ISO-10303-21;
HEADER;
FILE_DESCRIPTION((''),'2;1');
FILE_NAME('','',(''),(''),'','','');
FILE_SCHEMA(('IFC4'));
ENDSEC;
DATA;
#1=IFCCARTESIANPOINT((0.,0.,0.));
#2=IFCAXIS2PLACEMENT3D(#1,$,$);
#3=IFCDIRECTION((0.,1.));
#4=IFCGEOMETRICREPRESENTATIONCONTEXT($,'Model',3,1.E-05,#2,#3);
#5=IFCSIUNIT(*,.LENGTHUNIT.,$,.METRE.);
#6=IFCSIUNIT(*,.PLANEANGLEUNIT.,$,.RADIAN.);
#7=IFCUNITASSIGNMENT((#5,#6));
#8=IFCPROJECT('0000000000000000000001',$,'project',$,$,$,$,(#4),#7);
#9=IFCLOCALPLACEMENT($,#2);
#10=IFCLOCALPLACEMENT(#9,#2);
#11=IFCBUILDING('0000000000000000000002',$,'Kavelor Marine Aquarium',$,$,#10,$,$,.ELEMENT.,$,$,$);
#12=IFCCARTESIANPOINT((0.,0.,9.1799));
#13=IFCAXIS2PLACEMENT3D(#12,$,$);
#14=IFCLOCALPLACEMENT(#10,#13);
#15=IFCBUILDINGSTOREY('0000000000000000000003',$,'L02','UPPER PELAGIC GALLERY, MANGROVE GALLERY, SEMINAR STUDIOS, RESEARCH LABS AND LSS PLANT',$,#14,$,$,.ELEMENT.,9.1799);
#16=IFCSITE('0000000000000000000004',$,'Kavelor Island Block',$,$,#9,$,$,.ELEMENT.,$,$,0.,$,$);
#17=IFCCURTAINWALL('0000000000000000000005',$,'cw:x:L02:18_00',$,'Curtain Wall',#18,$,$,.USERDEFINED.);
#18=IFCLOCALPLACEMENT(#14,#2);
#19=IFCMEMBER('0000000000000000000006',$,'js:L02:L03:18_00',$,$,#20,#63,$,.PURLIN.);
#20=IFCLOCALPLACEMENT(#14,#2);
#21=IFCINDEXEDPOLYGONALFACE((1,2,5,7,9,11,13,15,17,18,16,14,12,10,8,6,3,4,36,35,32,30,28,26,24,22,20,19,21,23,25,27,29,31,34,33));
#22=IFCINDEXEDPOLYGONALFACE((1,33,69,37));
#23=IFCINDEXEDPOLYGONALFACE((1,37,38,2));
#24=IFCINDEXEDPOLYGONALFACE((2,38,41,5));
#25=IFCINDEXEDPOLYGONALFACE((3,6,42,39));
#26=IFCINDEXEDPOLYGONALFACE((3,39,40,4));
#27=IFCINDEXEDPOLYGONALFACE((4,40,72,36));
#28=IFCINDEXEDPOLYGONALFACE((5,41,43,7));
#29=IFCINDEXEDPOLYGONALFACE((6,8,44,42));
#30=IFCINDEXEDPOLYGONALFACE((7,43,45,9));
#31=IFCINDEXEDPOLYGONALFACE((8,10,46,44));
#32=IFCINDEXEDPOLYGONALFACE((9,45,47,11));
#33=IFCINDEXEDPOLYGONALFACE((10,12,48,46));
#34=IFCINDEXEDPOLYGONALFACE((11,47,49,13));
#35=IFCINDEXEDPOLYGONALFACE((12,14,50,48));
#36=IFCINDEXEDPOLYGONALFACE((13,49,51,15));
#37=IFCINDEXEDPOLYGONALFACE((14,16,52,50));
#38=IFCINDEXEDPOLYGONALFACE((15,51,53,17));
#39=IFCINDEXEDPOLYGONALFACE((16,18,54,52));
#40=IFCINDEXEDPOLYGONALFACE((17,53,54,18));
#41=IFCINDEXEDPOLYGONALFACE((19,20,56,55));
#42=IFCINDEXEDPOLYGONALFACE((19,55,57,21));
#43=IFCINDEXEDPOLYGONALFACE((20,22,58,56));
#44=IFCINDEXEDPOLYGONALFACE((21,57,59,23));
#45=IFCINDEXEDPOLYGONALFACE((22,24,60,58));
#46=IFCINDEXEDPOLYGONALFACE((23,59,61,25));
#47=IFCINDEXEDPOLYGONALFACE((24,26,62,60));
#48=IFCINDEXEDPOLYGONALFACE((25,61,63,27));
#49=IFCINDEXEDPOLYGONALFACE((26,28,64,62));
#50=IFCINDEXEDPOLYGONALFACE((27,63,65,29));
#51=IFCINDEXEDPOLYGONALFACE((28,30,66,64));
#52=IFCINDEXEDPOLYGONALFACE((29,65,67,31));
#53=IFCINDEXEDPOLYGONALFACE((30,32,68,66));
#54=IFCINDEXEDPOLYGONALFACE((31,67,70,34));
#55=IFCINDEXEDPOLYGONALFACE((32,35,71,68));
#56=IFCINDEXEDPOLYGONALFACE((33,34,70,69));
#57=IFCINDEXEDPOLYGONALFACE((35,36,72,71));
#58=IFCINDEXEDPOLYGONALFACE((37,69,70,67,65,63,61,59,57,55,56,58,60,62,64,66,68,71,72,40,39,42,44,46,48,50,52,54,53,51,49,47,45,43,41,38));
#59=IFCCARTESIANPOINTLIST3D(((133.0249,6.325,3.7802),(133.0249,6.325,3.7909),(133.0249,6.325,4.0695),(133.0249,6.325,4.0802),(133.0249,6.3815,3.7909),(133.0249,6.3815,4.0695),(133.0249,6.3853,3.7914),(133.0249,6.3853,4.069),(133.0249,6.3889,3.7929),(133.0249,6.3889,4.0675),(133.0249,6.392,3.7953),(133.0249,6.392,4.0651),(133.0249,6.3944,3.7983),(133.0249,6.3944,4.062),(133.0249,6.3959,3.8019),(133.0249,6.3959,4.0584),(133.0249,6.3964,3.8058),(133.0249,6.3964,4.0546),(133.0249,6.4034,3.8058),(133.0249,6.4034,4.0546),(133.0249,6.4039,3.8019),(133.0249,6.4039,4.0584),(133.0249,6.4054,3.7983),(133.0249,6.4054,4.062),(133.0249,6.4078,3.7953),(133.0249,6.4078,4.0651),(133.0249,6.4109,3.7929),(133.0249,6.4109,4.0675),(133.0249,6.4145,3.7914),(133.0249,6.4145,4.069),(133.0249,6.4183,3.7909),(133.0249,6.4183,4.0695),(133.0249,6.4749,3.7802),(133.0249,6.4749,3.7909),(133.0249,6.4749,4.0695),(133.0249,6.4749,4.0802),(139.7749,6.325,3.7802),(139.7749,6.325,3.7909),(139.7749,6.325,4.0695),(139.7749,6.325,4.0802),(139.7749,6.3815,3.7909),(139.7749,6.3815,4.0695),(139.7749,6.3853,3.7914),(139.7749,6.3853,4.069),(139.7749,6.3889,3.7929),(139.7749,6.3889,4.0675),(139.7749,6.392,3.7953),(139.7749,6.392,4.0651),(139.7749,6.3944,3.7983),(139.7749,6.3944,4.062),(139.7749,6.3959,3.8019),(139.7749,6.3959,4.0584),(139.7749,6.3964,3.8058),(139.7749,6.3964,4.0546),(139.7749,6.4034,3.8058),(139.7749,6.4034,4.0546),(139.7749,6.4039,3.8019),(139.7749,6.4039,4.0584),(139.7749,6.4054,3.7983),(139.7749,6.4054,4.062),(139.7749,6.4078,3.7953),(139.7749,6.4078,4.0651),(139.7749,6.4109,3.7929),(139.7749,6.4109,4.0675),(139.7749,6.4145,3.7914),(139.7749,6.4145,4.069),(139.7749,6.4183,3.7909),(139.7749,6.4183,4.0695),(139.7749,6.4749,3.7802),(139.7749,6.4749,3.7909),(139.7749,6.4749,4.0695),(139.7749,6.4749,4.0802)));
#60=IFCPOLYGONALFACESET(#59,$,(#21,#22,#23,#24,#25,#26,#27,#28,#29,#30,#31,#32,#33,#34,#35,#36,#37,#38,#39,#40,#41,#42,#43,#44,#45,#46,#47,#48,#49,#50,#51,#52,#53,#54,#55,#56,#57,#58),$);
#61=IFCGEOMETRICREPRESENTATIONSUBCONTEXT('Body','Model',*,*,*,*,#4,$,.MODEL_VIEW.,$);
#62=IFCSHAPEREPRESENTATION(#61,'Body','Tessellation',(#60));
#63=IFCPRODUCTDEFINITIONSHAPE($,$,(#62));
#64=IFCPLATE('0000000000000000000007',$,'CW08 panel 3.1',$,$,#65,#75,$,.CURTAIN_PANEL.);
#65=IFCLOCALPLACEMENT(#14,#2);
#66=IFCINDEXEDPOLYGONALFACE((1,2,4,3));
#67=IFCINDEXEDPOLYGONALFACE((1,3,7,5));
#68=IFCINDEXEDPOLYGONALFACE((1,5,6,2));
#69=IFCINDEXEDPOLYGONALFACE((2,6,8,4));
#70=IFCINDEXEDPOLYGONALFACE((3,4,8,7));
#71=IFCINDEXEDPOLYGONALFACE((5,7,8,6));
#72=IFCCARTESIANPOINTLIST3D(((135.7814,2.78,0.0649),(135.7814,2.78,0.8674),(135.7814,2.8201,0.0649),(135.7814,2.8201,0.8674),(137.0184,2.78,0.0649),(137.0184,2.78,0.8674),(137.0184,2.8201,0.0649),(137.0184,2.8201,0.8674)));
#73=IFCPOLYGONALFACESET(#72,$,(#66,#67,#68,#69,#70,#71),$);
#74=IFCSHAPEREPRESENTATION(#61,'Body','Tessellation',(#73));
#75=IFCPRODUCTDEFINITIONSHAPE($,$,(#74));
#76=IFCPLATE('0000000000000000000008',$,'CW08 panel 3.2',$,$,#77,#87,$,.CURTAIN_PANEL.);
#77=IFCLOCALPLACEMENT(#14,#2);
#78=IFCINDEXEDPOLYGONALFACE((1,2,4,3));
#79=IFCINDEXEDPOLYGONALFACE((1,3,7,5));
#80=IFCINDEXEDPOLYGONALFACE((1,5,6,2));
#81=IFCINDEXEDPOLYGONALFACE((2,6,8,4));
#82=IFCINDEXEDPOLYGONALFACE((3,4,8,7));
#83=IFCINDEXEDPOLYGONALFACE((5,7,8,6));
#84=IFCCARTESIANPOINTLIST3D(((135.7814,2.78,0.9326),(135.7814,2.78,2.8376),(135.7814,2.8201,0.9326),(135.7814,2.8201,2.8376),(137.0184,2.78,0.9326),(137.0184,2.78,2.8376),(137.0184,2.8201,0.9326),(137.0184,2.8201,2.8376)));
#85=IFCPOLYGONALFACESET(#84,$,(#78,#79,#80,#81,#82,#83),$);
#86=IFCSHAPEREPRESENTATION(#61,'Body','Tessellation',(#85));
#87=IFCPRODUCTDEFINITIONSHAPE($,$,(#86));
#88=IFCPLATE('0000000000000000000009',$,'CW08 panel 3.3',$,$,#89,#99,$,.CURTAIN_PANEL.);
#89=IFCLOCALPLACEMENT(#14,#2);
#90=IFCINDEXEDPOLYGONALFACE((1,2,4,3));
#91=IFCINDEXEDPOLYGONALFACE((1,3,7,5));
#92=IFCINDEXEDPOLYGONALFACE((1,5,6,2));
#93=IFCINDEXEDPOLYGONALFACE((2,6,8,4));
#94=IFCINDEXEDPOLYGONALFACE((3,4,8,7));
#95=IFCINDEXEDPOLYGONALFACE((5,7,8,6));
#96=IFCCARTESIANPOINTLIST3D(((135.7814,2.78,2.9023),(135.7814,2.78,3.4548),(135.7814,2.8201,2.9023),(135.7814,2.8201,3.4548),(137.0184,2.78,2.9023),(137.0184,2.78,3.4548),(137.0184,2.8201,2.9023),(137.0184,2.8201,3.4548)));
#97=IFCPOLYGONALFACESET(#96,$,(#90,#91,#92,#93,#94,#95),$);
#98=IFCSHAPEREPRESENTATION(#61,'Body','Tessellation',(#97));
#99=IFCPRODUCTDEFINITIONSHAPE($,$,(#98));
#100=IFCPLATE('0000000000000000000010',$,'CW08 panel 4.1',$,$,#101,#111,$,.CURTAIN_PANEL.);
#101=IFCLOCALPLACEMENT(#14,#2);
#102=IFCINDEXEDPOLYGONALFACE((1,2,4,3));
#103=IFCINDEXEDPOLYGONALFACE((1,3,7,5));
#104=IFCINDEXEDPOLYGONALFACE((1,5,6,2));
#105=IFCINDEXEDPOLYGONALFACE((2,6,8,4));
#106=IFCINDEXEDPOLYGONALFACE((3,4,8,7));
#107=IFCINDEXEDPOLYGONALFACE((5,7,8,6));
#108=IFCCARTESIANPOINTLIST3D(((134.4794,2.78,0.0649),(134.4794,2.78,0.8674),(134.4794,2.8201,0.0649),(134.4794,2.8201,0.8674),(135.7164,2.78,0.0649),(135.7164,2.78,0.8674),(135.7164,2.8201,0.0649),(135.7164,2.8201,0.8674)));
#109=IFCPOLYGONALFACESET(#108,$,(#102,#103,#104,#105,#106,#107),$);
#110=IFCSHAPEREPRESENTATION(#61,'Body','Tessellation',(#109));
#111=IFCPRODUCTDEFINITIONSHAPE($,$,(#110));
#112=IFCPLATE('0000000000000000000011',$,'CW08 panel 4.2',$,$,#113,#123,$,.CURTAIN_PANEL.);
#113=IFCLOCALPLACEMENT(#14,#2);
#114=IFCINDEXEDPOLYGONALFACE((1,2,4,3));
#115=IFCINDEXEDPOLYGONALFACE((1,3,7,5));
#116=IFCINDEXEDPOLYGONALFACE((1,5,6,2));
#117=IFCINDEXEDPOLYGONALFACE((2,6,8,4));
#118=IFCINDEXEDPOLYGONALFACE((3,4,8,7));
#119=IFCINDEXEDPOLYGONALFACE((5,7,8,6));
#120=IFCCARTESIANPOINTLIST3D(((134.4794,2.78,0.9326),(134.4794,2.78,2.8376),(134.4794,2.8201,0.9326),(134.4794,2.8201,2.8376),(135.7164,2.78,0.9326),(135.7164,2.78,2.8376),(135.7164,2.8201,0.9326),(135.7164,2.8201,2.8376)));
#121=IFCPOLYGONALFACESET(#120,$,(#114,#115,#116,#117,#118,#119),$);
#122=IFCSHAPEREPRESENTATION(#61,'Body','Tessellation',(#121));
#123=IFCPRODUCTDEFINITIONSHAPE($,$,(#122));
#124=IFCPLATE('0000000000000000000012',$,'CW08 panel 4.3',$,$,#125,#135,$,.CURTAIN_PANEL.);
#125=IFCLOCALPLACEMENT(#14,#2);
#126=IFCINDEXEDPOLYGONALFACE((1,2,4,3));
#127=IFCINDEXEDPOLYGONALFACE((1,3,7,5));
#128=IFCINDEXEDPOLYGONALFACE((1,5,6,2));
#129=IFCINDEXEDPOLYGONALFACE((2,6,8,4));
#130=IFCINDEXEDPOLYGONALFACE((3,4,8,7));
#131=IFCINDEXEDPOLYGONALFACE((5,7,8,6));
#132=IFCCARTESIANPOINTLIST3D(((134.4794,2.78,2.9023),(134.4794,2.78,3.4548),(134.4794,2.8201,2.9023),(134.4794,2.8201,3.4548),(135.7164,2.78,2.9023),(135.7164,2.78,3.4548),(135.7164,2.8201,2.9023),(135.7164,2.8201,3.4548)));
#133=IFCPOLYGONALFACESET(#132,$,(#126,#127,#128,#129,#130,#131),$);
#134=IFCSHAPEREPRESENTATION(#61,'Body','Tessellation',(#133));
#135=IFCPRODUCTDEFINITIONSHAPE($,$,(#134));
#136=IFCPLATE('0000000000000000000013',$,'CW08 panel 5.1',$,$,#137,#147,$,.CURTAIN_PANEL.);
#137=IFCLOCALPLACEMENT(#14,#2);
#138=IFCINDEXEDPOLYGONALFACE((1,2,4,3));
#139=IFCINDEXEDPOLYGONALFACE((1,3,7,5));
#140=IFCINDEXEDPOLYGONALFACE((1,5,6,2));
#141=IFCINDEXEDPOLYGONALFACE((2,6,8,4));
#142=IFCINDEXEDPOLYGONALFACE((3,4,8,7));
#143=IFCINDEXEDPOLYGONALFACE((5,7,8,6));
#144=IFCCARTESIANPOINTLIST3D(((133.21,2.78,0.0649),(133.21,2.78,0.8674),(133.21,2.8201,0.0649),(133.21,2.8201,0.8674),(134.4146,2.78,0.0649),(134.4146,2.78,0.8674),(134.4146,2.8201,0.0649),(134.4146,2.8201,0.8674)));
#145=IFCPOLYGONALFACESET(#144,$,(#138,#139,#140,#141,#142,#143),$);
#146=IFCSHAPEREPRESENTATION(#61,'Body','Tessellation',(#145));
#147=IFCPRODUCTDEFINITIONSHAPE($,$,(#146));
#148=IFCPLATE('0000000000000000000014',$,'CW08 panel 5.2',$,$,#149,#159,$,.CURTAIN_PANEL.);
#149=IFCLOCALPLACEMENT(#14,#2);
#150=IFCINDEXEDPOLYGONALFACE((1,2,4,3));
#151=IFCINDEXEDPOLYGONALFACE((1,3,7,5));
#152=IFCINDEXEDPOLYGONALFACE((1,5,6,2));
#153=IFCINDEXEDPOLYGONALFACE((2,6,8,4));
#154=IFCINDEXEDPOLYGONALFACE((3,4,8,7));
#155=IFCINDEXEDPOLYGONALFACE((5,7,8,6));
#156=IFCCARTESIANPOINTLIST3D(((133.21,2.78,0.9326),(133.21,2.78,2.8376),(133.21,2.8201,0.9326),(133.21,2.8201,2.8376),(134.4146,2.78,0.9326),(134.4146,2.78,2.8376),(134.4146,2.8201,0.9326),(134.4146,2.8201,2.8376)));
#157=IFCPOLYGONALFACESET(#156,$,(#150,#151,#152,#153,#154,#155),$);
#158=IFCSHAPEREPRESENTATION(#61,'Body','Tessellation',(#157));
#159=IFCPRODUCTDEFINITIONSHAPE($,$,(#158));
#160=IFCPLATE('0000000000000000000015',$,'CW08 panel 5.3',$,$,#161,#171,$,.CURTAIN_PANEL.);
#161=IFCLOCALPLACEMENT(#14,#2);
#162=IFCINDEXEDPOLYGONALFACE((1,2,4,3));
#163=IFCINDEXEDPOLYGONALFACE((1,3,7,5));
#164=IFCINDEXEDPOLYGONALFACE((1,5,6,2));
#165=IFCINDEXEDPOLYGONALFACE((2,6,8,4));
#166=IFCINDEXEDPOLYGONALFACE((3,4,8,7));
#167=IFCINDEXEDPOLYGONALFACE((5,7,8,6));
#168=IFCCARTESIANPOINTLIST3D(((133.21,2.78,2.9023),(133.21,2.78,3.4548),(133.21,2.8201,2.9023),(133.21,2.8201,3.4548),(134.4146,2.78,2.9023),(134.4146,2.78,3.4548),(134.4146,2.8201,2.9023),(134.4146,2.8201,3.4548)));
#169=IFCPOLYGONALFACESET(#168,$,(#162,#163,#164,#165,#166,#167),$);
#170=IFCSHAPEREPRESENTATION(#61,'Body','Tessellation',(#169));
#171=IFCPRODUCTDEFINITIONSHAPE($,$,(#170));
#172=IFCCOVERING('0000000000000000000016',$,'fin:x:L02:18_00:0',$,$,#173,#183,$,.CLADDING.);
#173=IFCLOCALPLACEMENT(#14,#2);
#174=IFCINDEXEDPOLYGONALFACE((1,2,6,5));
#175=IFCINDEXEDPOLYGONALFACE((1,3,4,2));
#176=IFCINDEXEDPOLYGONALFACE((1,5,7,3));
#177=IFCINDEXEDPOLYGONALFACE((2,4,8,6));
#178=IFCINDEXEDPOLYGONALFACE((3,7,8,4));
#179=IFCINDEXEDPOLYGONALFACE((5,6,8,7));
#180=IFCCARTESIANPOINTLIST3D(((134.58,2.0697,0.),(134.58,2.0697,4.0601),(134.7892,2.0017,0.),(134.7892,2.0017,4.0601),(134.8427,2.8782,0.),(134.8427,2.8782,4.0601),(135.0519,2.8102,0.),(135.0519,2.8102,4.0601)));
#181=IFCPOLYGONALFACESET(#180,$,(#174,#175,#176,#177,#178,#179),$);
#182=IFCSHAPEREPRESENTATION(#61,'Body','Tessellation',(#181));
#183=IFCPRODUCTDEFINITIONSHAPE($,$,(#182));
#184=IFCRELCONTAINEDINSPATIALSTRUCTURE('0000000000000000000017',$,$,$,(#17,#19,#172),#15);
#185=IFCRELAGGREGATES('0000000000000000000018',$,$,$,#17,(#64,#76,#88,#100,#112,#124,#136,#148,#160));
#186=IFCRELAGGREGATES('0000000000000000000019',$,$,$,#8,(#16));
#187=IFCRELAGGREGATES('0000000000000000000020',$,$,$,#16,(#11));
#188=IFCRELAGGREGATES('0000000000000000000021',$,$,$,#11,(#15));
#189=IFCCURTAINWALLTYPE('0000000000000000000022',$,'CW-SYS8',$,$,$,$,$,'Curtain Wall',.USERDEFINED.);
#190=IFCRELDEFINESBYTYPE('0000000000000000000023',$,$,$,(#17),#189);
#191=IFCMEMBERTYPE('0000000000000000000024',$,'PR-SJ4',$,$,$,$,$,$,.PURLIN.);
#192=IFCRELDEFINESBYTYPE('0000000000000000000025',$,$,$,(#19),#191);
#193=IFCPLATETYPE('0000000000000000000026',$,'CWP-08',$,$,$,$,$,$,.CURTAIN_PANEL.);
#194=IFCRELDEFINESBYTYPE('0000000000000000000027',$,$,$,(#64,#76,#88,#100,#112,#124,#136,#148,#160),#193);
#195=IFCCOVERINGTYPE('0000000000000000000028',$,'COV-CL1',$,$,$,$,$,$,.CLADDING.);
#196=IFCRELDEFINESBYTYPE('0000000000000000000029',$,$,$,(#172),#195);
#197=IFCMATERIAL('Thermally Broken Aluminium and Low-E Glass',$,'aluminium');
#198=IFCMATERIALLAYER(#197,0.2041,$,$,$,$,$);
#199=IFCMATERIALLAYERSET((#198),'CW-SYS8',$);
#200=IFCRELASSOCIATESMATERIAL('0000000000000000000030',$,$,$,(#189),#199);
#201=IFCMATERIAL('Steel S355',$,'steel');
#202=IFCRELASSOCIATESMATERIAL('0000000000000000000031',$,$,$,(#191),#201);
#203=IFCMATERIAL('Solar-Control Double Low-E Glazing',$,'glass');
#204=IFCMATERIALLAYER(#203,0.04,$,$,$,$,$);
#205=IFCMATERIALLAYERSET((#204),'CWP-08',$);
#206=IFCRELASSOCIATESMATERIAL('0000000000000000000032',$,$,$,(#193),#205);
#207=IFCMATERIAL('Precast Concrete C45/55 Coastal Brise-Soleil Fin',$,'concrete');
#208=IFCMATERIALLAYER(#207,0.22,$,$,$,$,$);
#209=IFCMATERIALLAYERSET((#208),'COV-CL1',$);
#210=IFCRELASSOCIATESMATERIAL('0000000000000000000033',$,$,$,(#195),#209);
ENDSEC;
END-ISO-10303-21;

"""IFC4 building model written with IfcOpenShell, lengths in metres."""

from ifc_helpers import new_model, si_unit, direction, frame, origin, origin_2d, place, context, subcontext, project, spatial, rectangle, i_section, extrude, material, layer, layer_set, material_profile, profile_set, type_object, element, aggregate, save


model = new_model("IFC4")

# Units and contexts
model_context = context("Model", 3, precision=1e-05, world=origin(), true_north=direction((0.0, 1.0)))
body_context = subcontext(model_context, "Body", "Model", "MODEL_VIEW")
ifc_project = project(units=[si_unit("LENGTHUNIT", "METRE"), si_unit("PLANEANGLEUNIT", "RADIAN")], contexts=[model_context])

# Site, building, storey
site_placement = place(None, origin())
site = spatial("IfcSite", under=ifc_project, at=site_placement, Name="Kavelor Island Block", CompositionType="ELEMENT", RefElevation=0.0)
building_placement = place(site_placement, origin())
building = spatial("IfcBuilding", under=site, at=building_placement, Name="Kavelor Marine Aquarium", CompositionType="ELEMENT")
storey_placement = place(building_placement, frame((0.0, 0.0, 9.1799)))
storey = spatial("IfcBuildingStorey", under=building, at=storey_placement, Name="L02", Description="UPPER PELAGIC GALLERY, MANGROVE GALLERY, SEMINAR STUDIOS, RESEARCH LABS AND LSS PLANT", CompositionType="ELEMENT", Elevation=9.1799)

# Curtain wall
ifc_material_1 = material(Name="Thermally Broken Aluminium and Low-E Glass", Category="aluminium")
ifc_layer_1 = layer(ifc_material_1, 0.2041)
ifc_layer_set_1 = layer_set([ifc_layer_1], Name="CW-SYS8")
curtain_wall_type = type_object("IfcCurtainWallType", Name="CW-SYS8", ElementType="Curtain Wall", PredefinedType="USERDEFINED", material=ifc_layer_set_1)
curtain_wall_placement = place(storey_placement, origin())
curtain_wall = element("IfcCurtainWall", 1, at=curtain_wall_placement, inside=storey, type_object=curtain_wall_type, Name="cw:x:L02:18_00", ObjectType="Curtain Wall", PredefinedType="USERDEFINED")

# Member
ifc_material_2 = material(Name="Steel S355", Category="steel")
ifc_material_profile_1 = material_profile(ifc_material_2, i_section(OverallWidth=0.1499, OverallDepth=0.3, WebThickness=0.0071, FlangeThickness=0.0107, FilletRadius=0.0149, at=origin_2d()), Name="IPE 300")
ifc_profile_set_1 = profile_set([ifc_material_profile_1], Name="Steel S355")
member_type_1 = type_object("IfcMemberType", Name="PR-SJ4", PredefinedType="PURLIN", material=ifc_profile_set_1)
member_1_placement = place(storey_placement, frame((133.0249, 6.3999, 3.9302), z_axis=(1.0, 0.0, 0.0), x_axis=(0.0, 1.0, 0.0)))
element("IfcMember", 2, at=member_1_placement, inside=storey, type_object=member_type_1, Name="js:L02:L03:18_00", PredefinedType="PURLIN", context=body_context, shape_type="SweptSolid", body=[
    extrude(i_section(OverallWidth=0.1499, OverallDepth=0.3, WebThickness=0.0071, FlangeThickness=0.0107, FilletRadius=0.0149, at=origin_2d()), origin(), (0.0, 0.0, 1.0), 6.75),
])

# Plates
ifc_material_3 = material(Name="Solar-Control Double Low-E Glazing", Category="glass")
ifc_layer_2 = layer(ifc_material_3, 0.04)
ifc_layer_set_2 = layer_set([ifc_layer_2], Name="CWP-08")
plate_type = type_object("IfcPlateType", Name="CWP-08", PredefinedType="CURTAIN_PANEL", material=ifc_layer_set_2)
plate_1_placement = place(storey_placement, frame((136.3999, 2.8, 0.0649), z_axis=(0.0, 0.0, 1.0), x_axis=(-1.0, 0.0, 0.0)))
plate_1 = element("IfcPlate", 3, at=plate_1_placement, type_object=plate_type, Name="CW08 panel 3.1", PredefinedType="CURTAIN_PANEL", context=body_context, shape_type="SweptSolid", body=[
    extrude(rectangle(XDim=1.2371, YDim=0.04, at=origin_2d()), origin(), (0.0, 0.0, 1.0), 0.8025),
])
plate_2_placement = place(storey_placement, frame((136.3999, 2.8, 0.9326), z_axis=(0.0, 0.0, 1.0), x_axis=(-1.0, 0.0, 0.0)))
plate_2 = element("IfcPlate", 4, at=plate_2_placement, type_object=plate_type, Name="CW08 panel 3.2", PredefinedType="CURTAIN_PANEL", context=body_context, shape_type="SweptSolid", body=[
    extrude(rectangle(XDim=1.2371, YDim=0.04, at=origin_2d()), origin(), (0.0, 0.0, 1.0), 1.905),
])
plate_3_placement = place(storey_placement, frame((136.3999, 2.8, 2.9023), z_axis=(0.0, 0.0, 1.0), x_axis=(-1.0, 0.0, 0.0)))
plate_3 = element("IfcPlate", 5, at=plate_3_placement, type_object=plate_type, Name="CW08 panel 3.3", PredefinedType="CURTAIN_PANEL", context=body_context, shape_type="SweptSolid", body=[
    extrude(rectangle(XDim=1.2371, YDim=0.04, at=origin_2d()), origin(), (0.0, 0.0, 1.0), 0.5525),
])
plate_4_placement = place(storey_placement, frame((135.0979, 2.8, 0.0649), z_axis=(0.0, 0.0, 1.0), x_axis=(-1.0, 0.0, 0.0)))
plate_4 = element("IfcPlate", 6, at=plate_4_placement, type_object=plate_type, Name="CW08 panel 4.1", PredefinedType="CURTAIN_PANEL", context=body_context, shape_type="SweptSolid", body=[
    extrude(rectangle(XDim=1.2371, YDim=0.04, at=origin_2d()), origin(), (0.0, 0.0, 1.0), 0.8025),
])
plate_5_placement = place(storey_placement, frame((135.0979, 2.8, 0.9326), z_axis=(0.0, 0.0, 1.0), x_axis=(-1.0, 0.0, 0.0)))
plate_5 = element("IfcPlate", 7, at=plate_5_placement, type_object=plate_type, Name="CW08 panel 4.2", PredefinedType="CURTAIN_PANEL", context=body_context, shape_type="SweptSolid", body=[
    extrude(rectangle(XDim=1.2371, YDim=0.04, at=origin_2d()), origin(), (0.0, 0.0, 1.0), 1.905),
])
plate_6_placement = place(storey_placement, frame((135.0979, 2.8, 2.9023), z_axis=(0.0, 0.0, 1.0), x_axis=(-1.0, 0.0, 0.0)))
plate_6 = element("IfcPlate", 8, at=plate_6_placement, type_object=plate_type, Name="CW08 panel 4.3", PredefinedType="CURTAIN_PANEL", context=body_context, shape_type="SweptSolid", body=[
    extrude(rectangle(XDim=1.2371, YDim=0.04, at=origin_2d()), origin(), (0.0, 0.0, 1.0), 0.5525),
])
plate_7_placement = place(storey_placement, frame((133.8123, 2.8, 0.0649), z_axis=(0.0, 0.0, 1.0), x_axis=(-1.0, 0.0, 0.0)))
plate_7 = element("IfcPlate", 9, at=plate_7_placement, type_object=plate_type, Name="CW08 panel 5.1", PredefinedType="CURTAIN_PANEL", context=body_context, shape_type="SweptSolid", body=[
    extrude(rectangle(XDim=1.2046, YDim=0.04, at=origin_2d()), origin(), (0.0, 0.0, 1.0), 0.8025),
])
plate_8_placement = place(storey_placement, frame((133.8123, 2.8, 0.9326), z_axis=(0.0, 0.0, 1.0), x_axis=(-1.0, 0.0, 0.0)))
plate_8 = element("IfcPlate", 10, at=plate_8_placement, type_object=plate_type, Name="CW08 panel 5.2", PredefinedType="CURTAIN_PANEL", context=body_context, shape_type="SweptSolid", body=[
    extrude(rectangle(XDim=1.2046, YDim=0.04, at=origin_2d()), origin(), (0.0, 0.0, 1.0), 1.905),
])
plate_9_placement = place(storey_placement, frame((133.8123, 2.8, 2.9023), z_axis=(0.0, 0.0, 1.0), x_axis=(-1.0, 0.0, 0.0)))
plate_9 = element("IfcPlate", 11, at=plate_9_placement, type_object=plate_type, Name="CW08 panel 5.3", PredefinedType="CURTAIN_PANEL", context=body_context, shape_type="SweptSolid", body=[
    extrude(rectangle(XDim=1.2046, YDim=0.04, at=origin_2d()), origin(), (0.0, 0.0, 1.0), 0.5525),
])
aggregate(curtain_wall, [plate_1, plate_2, plate_3, plate_4, plate_5, plate_6, plate_7, plate_8, plate_9])

# Covering
ifc_material_4 = material(Name="Precast Concrete C45/55 Coastal Brise-Soleil Fin", Category="concrete")
ifc_layer_3 = layer(ifc_material_4, 0.22)
ifc_layer_set_3 = layer_set([ifc_layer_3], Name="COV-CL1")
covering_type = type_object("IfcCoveringType", Name="COV-CL1", PredefinedType="CLADDING", material=ifc_layer_set_3)
covering_placement = place(storey_placement, frame((134.8159, 2.4399, 0.0), z_axis=(0.0, 0.0, 1.0), x_axis=(0.951057, -0.309017, 0.0)))
element("IfcCovering", 12, at=covering_placement, inside=storey, type_object=covering_type, Name="fin:x:L02:18_00:0", PredefinedType="CLADDING", context=body_context, shape_type="SweptSolid", body=[
    extrude(rectangle(XDim=0.22, YDim=0.8501, at=origin_2d()), origin(), (0.0, 0.0, 1.0), 4.0601),
])

save(model, "model.ifc")
